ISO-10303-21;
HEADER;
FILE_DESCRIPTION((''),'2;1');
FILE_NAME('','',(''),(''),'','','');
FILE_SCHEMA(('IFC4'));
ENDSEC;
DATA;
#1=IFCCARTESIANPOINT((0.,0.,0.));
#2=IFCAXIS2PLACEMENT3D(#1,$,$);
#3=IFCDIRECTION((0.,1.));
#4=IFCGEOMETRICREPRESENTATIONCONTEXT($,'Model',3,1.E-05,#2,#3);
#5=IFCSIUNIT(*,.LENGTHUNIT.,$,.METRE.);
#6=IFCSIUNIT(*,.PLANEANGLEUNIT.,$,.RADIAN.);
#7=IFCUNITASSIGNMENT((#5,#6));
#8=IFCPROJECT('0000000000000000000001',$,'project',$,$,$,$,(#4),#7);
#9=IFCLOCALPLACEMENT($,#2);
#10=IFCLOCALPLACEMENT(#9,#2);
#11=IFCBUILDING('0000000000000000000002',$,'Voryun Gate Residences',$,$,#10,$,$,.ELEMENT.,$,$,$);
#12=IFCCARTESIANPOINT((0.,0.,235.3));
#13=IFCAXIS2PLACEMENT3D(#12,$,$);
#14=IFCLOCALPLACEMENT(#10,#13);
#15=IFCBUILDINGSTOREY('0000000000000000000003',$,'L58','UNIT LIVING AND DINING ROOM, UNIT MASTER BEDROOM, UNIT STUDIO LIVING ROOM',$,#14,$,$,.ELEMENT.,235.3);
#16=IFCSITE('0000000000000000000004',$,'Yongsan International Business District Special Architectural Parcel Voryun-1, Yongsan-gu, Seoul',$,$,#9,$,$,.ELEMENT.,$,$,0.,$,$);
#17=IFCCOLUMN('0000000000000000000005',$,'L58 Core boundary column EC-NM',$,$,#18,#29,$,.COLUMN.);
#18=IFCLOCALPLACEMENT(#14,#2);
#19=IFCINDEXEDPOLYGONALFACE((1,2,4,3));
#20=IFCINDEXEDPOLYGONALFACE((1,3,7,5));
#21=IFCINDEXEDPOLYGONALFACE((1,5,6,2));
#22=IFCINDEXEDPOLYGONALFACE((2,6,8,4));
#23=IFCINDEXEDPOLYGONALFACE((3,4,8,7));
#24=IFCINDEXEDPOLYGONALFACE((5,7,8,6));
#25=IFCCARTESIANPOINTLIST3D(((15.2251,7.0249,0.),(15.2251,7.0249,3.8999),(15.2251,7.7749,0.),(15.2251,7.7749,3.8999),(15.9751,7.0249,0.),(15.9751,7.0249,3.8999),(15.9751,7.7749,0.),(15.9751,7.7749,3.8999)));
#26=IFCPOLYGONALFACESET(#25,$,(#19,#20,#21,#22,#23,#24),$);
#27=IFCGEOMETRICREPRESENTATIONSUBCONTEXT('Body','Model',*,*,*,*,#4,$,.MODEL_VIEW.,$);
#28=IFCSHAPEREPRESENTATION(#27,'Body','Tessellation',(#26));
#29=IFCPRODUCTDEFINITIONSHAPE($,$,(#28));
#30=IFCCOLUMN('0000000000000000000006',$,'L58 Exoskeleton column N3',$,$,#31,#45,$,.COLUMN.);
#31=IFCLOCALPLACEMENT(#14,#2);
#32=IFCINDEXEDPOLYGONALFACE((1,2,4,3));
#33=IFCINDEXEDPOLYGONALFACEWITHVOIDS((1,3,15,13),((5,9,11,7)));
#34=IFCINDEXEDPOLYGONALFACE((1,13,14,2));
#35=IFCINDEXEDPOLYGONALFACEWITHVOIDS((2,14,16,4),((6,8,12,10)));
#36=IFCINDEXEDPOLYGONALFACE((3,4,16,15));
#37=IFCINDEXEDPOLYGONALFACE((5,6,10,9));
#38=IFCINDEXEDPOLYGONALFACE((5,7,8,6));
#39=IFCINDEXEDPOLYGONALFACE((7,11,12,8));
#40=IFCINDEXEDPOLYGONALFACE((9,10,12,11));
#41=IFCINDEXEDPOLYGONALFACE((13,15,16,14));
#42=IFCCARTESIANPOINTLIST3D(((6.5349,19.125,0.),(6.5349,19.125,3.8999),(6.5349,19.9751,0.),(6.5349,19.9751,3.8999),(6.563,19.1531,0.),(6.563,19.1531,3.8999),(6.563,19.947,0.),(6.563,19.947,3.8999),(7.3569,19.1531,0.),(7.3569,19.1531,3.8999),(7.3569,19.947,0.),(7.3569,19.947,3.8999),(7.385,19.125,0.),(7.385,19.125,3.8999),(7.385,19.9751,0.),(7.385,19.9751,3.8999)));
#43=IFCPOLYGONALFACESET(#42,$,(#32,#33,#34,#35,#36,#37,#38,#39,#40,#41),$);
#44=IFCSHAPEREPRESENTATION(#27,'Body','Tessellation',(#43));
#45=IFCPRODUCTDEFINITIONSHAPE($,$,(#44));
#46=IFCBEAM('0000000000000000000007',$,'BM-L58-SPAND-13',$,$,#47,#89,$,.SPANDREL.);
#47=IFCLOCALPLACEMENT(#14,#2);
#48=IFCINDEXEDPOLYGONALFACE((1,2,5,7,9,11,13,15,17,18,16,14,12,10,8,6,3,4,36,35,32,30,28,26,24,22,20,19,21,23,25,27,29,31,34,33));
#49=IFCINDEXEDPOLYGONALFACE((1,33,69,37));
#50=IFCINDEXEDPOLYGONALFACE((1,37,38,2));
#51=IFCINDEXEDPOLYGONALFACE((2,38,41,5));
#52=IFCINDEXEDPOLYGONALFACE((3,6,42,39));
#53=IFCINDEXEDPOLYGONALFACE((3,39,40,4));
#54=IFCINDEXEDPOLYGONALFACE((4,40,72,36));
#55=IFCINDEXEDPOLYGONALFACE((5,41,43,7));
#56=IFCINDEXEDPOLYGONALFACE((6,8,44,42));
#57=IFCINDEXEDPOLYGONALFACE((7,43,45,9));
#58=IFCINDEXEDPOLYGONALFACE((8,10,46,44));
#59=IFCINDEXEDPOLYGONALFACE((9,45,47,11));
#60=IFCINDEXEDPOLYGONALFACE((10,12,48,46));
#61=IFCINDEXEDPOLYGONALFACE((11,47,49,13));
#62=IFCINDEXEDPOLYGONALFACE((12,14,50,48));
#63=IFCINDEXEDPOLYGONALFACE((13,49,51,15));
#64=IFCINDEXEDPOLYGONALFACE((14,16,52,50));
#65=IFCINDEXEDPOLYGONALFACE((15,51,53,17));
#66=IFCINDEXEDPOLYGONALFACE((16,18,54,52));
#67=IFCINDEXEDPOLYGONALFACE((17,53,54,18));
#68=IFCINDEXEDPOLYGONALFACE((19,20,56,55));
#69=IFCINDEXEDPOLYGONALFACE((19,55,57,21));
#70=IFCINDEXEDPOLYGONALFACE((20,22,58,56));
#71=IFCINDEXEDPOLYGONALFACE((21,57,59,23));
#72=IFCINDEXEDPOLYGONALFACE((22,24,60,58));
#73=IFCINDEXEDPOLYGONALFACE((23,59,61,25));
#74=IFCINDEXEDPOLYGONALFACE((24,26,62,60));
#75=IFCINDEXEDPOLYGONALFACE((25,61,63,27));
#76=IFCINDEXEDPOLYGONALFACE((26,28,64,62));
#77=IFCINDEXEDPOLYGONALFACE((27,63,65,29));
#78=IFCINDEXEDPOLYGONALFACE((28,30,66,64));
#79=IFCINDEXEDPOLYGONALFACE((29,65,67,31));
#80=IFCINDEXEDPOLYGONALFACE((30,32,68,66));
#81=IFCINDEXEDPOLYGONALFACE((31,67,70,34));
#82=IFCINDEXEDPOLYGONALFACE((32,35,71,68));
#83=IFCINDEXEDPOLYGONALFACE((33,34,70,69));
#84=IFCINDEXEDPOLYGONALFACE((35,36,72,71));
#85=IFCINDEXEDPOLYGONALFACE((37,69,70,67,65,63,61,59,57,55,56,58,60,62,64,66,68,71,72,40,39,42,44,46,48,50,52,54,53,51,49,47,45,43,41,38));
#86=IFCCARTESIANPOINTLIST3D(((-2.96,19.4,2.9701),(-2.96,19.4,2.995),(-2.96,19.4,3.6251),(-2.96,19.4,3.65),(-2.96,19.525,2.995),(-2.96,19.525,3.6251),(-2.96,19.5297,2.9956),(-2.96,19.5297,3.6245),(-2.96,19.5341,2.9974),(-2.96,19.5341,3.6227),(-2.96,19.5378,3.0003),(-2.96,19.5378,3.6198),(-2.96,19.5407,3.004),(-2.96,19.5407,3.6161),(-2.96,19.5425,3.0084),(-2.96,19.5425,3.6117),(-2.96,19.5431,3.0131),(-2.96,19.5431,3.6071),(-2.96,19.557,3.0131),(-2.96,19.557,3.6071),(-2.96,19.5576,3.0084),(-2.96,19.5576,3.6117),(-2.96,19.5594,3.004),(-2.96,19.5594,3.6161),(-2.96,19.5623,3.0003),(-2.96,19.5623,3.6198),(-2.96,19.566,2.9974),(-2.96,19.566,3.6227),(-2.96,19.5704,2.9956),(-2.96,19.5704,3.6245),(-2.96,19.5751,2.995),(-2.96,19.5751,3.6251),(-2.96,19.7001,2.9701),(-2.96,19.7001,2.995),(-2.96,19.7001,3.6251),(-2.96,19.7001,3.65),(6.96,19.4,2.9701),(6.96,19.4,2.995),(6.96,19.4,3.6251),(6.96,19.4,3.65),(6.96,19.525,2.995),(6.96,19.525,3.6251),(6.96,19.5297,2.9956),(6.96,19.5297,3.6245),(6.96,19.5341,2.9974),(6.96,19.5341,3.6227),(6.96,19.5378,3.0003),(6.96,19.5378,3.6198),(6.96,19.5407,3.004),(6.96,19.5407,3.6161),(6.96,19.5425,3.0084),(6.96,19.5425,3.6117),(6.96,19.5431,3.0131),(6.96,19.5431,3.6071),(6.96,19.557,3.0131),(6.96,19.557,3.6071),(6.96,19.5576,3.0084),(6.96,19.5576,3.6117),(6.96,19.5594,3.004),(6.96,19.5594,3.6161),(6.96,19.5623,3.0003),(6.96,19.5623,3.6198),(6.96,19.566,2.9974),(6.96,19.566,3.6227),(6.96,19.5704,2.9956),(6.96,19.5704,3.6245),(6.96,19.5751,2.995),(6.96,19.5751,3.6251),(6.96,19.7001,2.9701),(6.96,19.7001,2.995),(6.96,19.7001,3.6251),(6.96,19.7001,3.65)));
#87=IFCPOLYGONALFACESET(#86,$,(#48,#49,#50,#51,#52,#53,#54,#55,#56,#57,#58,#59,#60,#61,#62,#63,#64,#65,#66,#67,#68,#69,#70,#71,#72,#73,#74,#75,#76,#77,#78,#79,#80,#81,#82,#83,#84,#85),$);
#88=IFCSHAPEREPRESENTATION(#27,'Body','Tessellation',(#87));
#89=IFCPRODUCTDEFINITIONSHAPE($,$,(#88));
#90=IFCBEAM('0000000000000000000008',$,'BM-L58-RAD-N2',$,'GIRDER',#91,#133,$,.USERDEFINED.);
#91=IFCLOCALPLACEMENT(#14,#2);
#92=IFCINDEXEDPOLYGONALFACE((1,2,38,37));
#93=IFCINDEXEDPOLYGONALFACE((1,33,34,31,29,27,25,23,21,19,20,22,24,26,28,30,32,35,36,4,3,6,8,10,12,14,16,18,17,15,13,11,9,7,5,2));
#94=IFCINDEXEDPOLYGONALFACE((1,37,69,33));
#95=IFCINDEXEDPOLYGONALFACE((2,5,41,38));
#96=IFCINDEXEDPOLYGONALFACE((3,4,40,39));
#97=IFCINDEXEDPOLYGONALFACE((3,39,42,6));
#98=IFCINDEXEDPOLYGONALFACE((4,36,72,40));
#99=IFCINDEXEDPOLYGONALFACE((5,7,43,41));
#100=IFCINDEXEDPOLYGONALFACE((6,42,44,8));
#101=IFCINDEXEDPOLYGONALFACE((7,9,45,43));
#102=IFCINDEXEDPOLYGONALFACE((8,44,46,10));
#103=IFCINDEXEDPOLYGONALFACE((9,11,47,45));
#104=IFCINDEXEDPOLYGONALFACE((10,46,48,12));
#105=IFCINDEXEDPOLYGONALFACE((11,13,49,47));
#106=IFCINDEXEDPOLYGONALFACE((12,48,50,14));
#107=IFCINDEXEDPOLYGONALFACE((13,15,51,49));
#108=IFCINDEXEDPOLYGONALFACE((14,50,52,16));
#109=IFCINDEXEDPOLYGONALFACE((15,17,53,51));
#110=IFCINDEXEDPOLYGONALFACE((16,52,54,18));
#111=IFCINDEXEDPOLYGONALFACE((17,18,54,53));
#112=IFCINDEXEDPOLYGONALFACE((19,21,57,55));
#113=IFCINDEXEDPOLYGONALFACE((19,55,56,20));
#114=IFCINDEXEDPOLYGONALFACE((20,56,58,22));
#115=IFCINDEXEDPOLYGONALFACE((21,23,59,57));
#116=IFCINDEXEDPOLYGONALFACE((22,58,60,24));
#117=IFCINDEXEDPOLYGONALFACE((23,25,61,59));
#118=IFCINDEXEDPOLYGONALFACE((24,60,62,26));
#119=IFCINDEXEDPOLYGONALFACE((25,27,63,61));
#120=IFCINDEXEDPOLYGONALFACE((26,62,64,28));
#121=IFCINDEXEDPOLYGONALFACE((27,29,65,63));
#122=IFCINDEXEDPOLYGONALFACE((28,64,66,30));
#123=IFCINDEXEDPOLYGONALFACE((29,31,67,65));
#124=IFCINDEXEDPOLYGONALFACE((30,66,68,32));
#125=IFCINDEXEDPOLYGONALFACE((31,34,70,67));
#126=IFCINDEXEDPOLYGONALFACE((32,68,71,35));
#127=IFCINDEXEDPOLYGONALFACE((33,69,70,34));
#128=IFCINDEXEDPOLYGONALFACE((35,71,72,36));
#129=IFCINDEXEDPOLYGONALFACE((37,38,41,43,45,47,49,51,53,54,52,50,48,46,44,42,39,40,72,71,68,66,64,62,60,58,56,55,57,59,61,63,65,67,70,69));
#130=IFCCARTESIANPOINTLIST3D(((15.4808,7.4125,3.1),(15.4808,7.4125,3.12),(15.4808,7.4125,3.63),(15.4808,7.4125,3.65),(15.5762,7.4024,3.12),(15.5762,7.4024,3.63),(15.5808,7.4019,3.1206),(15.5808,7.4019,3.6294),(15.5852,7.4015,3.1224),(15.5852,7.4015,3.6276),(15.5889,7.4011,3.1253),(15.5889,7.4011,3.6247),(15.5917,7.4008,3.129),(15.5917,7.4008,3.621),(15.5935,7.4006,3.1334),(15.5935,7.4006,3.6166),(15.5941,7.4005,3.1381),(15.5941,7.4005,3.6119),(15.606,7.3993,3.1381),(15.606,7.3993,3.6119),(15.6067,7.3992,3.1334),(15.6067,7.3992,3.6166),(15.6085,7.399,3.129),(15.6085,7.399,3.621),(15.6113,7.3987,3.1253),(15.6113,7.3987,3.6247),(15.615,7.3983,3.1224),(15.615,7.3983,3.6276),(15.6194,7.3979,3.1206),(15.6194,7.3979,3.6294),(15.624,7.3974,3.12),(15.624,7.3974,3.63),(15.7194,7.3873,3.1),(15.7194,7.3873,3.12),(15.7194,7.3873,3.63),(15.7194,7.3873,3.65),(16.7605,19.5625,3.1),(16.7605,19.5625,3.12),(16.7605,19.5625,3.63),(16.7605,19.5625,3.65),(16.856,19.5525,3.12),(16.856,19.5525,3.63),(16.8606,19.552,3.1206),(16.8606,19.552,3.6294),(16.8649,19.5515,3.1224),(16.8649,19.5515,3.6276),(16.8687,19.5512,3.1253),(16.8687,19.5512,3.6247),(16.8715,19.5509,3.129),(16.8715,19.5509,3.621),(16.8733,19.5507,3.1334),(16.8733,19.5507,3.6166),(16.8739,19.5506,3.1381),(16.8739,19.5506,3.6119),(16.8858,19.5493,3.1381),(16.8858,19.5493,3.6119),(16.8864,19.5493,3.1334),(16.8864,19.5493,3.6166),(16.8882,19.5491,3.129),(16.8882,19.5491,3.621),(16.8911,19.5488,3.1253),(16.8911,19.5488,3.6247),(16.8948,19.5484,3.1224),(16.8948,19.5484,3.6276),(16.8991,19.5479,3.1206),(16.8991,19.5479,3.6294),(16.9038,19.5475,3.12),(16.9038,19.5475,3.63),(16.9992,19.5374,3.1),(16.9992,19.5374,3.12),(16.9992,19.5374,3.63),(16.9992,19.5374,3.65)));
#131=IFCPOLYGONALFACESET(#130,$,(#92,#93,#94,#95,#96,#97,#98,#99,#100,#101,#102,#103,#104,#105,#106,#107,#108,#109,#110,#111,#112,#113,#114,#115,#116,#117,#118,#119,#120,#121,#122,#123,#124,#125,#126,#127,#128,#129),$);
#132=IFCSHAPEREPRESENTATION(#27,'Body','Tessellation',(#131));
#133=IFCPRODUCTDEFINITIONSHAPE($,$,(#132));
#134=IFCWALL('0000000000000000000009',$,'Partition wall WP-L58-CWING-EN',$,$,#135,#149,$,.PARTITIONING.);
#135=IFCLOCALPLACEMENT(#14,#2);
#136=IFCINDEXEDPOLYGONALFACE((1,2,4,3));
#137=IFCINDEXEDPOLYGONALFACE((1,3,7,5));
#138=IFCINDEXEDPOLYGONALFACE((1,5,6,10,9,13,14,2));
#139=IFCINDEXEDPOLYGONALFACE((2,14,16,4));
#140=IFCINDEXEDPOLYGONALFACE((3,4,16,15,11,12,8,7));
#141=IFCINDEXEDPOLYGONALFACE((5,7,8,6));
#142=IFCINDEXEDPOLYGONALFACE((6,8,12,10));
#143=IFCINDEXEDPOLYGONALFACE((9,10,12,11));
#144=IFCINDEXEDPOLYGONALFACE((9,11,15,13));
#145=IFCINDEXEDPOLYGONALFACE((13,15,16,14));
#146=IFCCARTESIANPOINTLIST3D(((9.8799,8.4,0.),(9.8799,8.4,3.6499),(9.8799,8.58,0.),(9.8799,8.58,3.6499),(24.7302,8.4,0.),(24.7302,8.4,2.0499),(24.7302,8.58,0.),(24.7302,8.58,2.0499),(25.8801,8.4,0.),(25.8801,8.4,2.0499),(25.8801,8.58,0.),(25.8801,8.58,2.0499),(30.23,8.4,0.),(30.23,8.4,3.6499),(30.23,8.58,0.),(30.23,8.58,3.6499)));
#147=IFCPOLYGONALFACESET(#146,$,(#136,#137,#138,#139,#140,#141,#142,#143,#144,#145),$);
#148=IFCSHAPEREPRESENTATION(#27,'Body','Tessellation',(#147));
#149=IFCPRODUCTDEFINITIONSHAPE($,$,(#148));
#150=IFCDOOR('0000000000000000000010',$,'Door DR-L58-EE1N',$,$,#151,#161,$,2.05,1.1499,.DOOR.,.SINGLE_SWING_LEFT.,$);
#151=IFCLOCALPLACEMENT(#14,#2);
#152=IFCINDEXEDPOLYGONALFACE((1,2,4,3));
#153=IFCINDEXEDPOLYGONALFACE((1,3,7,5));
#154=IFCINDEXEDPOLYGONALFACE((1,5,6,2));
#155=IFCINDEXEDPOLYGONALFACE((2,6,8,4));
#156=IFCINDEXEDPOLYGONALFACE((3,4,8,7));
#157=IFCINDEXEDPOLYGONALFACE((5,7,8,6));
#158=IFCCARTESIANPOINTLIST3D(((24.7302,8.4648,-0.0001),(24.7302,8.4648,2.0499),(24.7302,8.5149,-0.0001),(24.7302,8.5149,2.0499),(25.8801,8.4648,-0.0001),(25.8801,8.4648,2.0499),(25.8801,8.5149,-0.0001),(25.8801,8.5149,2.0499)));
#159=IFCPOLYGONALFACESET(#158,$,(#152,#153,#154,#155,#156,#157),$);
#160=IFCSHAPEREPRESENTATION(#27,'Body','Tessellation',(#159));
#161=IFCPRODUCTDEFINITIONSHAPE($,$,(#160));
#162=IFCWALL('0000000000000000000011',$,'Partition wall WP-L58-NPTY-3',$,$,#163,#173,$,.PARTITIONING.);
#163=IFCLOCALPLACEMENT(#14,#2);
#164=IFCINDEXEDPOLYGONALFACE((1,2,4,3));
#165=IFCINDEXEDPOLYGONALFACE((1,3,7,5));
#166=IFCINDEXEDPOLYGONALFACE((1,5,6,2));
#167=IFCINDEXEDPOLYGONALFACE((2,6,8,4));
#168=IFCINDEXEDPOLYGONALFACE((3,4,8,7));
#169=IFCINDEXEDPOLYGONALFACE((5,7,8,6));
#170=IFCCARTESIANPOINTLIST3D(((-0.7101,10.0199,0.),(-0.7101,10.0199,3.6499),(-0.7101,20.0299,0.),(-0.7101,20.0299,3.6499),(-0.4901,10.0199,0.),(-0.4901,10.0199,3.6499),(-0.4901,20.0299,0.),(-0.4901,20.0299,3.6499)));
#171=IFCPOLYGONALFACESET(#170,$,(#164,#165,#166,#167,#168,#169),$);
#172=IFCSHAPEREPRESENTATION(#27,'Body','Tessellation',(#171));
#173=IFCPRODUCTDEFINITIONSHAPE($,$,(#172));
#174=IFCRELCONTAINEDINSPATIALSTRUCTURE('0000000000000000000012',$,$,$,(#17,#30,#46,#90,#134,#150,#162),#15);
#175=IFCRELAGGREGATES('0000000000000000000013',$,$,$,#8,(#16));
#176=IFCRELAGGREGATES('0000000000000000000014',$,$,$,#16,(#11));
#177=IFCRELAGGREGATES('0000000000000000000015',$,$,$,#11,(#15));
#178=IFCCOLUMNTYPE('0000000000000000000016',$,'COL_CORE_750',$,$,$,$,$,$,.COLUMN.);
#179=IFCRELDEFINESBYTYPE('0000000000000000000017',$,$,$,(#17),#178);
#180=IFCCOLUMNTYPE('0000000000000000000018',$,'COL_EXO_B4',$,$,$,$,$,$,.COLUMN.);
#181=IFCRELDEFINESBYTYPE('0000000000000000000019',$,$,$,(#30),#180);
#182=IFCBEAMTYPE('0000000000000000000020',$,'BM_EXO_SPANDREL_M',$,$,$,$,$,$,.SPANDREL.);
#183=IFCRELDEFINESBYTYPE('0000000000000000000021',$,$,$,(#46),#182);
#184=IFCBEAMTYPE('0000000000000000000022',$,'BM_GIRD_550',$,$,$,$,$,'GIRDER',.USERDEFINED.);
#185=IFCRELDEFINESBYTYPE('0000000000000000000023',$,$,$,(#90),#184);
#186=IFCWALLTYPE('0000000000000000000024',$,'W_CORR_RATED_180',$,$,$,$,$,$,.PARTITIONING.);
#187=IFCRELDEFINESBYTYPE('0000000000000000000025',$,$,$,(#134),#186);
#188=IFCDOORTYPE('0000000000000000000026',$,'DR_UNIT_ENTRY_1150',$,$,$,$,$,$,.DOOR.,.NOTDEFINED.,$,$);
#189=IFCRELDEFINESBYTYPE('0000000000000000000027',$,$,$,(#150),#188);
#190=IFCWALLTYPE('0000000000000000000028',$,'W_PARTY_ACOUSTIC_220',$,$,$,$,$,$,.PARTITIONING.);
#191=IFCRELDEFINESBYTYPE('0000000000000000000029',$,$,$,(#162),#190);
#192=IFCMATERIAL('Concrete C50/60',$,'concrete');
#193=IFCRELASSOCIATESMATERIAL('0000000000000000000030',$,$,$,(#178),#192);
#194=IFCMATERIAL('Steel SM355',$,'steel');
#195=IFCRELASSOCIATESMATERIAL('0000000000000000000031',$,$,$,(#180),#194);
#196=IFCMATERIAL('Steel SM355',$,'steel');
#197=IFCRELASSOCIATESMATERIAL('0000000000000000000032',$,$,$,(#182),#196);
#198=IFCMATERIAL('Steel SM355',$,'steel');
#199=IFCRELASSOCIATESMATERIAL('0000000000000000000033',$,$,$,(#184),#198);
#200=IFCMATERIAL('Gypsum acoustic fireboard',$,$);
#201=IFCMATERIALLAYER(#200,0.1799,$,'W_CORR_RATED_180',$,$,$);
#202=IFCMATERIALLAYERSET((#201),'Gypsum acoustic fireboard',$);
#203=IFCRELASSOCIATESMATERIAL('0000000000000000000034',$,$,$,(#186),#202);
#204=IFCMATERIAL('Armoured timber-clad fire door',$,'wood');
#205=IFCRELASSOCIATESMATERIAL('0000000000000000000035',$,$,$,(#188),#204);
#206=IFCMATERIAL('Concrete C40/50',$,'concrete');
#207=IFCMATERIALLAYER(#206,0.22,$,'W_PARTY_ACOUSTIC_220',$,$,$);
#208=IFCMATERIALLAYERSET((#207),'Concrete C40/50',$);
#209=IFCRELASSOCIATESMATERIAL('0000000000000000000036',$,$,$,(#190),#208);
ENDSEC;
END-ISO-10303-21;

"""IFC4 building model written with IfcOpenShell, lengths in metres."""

from ifc_helpers import new_model, si_unit, direction, frame, frame_2d, origin, origin_2d, place, context, subcontext, project, spatial, rectangle, hollow_rectangle, i_section, extrude, material, layer, layer_set, material_profile, profile_set, type_object, element, fill, save


model = new_model("IFC4")

# Units and contexts
model_context = context("Model", 3, precision=1e-05, world=origin(), true_north=direction((0.0, 1.0)))
body_context = subcontext(model_context, "Body", "Model", "MODEL_VIEW")
ifc_project = project(units=[si_unit("LENGTHUNIT", "METRE"), si_unit("PLANEANGLEUNIT", "RADIAN")], contexts=[model_context])

# Site, building, storey
site_placement = place(None, origin())
site = spatial("IfcSite", under=ifc_project, at=site_placement, Name="Yongsan International Business District Special Architectural Parcel Voryun-1, Yongsan-gu, Seoul", CompositionType="ELEMENT", RefElevation=0.0)
building_placement = place(site_placement, origin())
building = spatial("IfcBuilding", under=site, at=building_placement, Name="Voryun Gate Residences", CompositionType="ELEMENT")
storey_placement = place(building_placement, frame((0.0, 0.0, 235.3)))
storey = spatial("IfcBuildingStorey", under=building, at=storey_placement, Name="L58", Description="UNIT LIVING AND DINING ROOM, UNIT MASTER BEDROOM, UNIT STUDIO LIVING ROOM", CompositionType="ELEMENT", Elevation=235.3)

# Columns
ifc_material_1 = material(Name="Concrete C50/60", Category="concrete")
ifc_material_profile_1 = material_profile(ifc_material_1, rectangle(XDim=0.75, YDim=0.75, at=origin_2d()), Name="RC-750x750")
ifc_profile_set_1 = profile_set([ifc_material_profile_1], Name="Concrete C50/60")
column_type_1 = type_object("IfcColumnType", Name="COL_CORE_750", PredefinedType="COLUMN", material=ifc_profile_set_1)
column_1_placement = place(storey_placement, frame((15.6001, 7.3999, 0.0), z_axis=(0.0, 0.0, 1.0), x_axis=(1.0, 0.0, 0.0)))
element("IfcColumn", 1, at=column_1_placement, inside=storey, type_object=column_type_1, Name="L58 Core boundary column EC-NM", PredefinedType="COLUMN", context=body_context, shape_type="SweptSolid", body=[
    extrude(rectangle(XDim=0.75, YDim=0.75, at=origin_2d()), origin(), (0.0, 0.0, 1.0), 3.8999),
])
ifc_material_2 = material(Name="Steel SM355", Category="steel")
ifc_material_profile_2 = material_profile(ifc_material_2, hollow_rectangle(XDim=0.8501, YDim=0.8501, WallThickness=0.0281, at=origin_2d()), Name="BOX-850x850x28")
ifc_profile_set_2 = profile_set([ifc_material_profile_2], Name="Steel SM355")
column_type_2 = type_object("IfcColumnType", Name="COL_EXO_B4", PredefinedType="COLUMN", material=ifc_profile_set_2)
column_2_placement = place(storey_placement, frame((6.96, 19.55, 0.0), z_axis=(0.0, 0.0, 1.0), x_axis=(1.0, 0.0, 0.0)))
element("IfcColumn", 2, at=column_2_placement, inside=storey, type_object=column_type_2, Name="L58 Exoskeleton column N3", PredefinedType="COLUMN", context=body_context, shape_type="SweptSolid", body=[
    extrude(hollow_rectangle(XDim=0.8501, YDim=0.8501, WallThickness=0.0281, at=origin_2d()), origin(), (0.0, 0.0, 1.0), 3.8999),
])

# Beams
ifc_material_3 = material(Name="Steel SM355", Category="steel")
ifc_material_profile_3 = material_profile(ifc_material_3, i_section(OverallWidth=0.3, OverallDepth=0.6799, WebThickness=0.0139, FlangeThickness=0.0249, FilletRadius=0.0181, at=origin_2d()), Name="H-680x300x14x25")
ifc_profile_set_3 = profile_set([ifc_material_profile_3], Name="Steel SM355")
beam_type_1 = type_object("IfcBeamType", Name="BM_EXO_SPANDREL_M", PredefinedType="SPANDREL", material=ifc_profile_set_3)
beam_1_placement = place(storey_placement, frame((6.96, 19.55, 3.3101), z_axis=(-1.0, 0.0, 0.0), x_axis=(0.0, -1.0, 0.0)))
element("IfcBeam", 3, at=beam_1_placement, inside=storey, type_object=beam_type_1, Name="BM-L58-SPAND-13", PredefinedType="SPANDREL", context=body_context, shape_type="SweptSolid", body=[
    extrude(i_section(OverallWidth=0.3, OverallDepth=0.6799, WebThickness=0.0139, FlangeThickness=0.0249, FilletRadius=0.0181, at=origin_2d()), origin(), (0.0, 0.0, 1.0), 9.9199),
])
ifc_material_4 = material(Name="Steel SM355", Category="steel")
ifc_material_profile_4 = material_profile(ifc_material_4, i_section(OverallWidth=0.24, OverallDepth=0.55, WebThickness=0.012, FlangeThickness=0.02, FilletRadius=0.0181, at=origin_2d()), Name="H-550x240x12x20")
ifc_profile_set_4 = profile_set([ifc_material_profile_4], Name="Steel SM355")
beam_type_2 = type_object("IfcBeamType", Name="BM_GIRD_550", ElementType="GIRDER", PredefinedType="USERDEFINED", material=ifc_profile_set_4)
beam_2_placement = place(storey_placement, frame((15.6001, 7.3999, 3.375), z_axis=(0.104751, 0.994498, 0.0), x_axis=(-0.994498, 0.104751, 0.0)))
element("IfcBeam", 4, at=beam_2_placement, inside=storey, type_object=beam_type_2, Name="BM-L58-RAD-N2", ObjectType="GIRDER", PredefinedType="USERDEFINED", context=body_context, shape_type="SweptSolid", body=[
    extrude(i_section(OverallWidth=0.24, OverallDepth=0.55, WebThickness=0.012, FlangeThickness=0.02, FilletRadius=0.0181, at=origin_2d()), origin(), (0.0, 0.0, 1.0), 12.2173),
])

# Wall, opening, door
ifc_material_5 = material(Name="Gypsum acoustic fireboard")
ifc_layer_1 = layer(ifc_material_5, 0.1799, Name="W_CORR_RATED_180")
ifc_layer_set_1 = layer_set([ifc_layer_1], Name="Gypsum acoustic fireboard")
wall_type_1 = type_object("IfcWallType", Name="W_CORR_RATED_180", PredefinedType="PARTITIONING", material=ifc_layer_set_1)
wall_1_placement = place(storey_placement, frame((9.8799, 8.49, 0.0), z_axis=(0.0, 0.0, 1.0), x_axis=(1.0, 0.0, 0.0)))
wall_1 = element("IfcWall", 5, at=wall_1_placement, inside=storey, type_object=wall_type_1, Name="Partition wall WP-L58-CWING-EN", PredefinedType="PARTITIONING", context=body_context, shape_type="SweptSolid", body=[
    extrude(rectangle(XDim=20.3501, YDim=0.1799, at=frame_2d((10.175, 0.0))), origin(), (0.0, 0.0, 1.0), 3.6499),
])
opening_1_placement = place(wall_1_placement, frame((14.8503, 0.0, 0.0)))
opening_1 = element("IfcOpeningElement", 6, at=opening_1_placement, cuts=wall_1, PredefinedType="OPENING", context=body_context, shape_type="SweptSolid", body=[
    extrude(rectangle(XDim=1.1499, YDim=2.05, at=frame_2d((0.575, 1.0249))), frame((0.0, 0.0999, 0.0), z_axis=(0.0, -1.0, 0.0), x_axis=(1.0, 0.0, 0.0)), (0.0, 0.0, 1.0), 0.2),
])
ifc_material_6 = material(Name="Armoured timber-clad fire door", Category="wood")
door_type_1 = type_object("IfcDoorType", Name="DR_UNIT_ENTRY_1150", OperationType="NOTDEFINED", PredefinedType="DOOR", material=ifc_material_6)
door_1_placement = place(opening_1_placement, origin())
door_1 = element("IfcDoor", 7, at=door_1_placement, inside=storey, type_object=door_type_1, Name="Door DR-L58-EE1N", OperationType="SINGLE_SWING_LEFT", OverallHeight=2.05, OverallWidth=1.1499, PredefinedType="DOOR", context=body_context, shape_type="SweptSolid", body=[
    extrude(rectangle(XDim=1.1499, YDim=2.05, at=frame_2d((0.575, 1.0249))), frame((0.0, 0.0249, 0.0), z_axis=(0.0, -1.0, 0.0), x_axis=(1.0, 0.0, 0.0)), (0.0, 0.0, 1.0), 0.05),
])
fill(opening_1, door_1)

# Wall
ifc_material_7 = material(Name="Concrete C40/50", Category="concrete")
ifc_layer_2 = layer(ifc_material_7, 0.22, Name="W_PARTY_ACOUSTIC_220")
ifc_layer_set_2 = layer_set([ifc_layer_2], Name="Concrete C40/50")
wall_type_2 = type_object("IfcWallType", Name="W_PARTY_ACOUSTIC_220", PredefinedType="PARTITIONING", material=ifc_layer_set_2)
wall_2_placement = place(storey_placement, frame((-0.6001, 10.02, 0.0), z_axis=(0.0, 0.0, 1.0), x_axis=(0.0, 1.0, 0.0)))
element("IfcWall", 8, at=wall_2_placement, inside=storey, type_object=wall_type_2, Name="Partition wall WP-L58-NPTY-3", PredefinedType="PARTITIONING", context=body_context, shape_type="SweptSolid", body=[
    extrude(rectangle(XDim=10.01, YDim=0.22, at=frame_2d((5.0049, 0.0))), origin(), (0.0, 0.0, 1.0), 3.6499),
])

save(model, "model.ifc")
